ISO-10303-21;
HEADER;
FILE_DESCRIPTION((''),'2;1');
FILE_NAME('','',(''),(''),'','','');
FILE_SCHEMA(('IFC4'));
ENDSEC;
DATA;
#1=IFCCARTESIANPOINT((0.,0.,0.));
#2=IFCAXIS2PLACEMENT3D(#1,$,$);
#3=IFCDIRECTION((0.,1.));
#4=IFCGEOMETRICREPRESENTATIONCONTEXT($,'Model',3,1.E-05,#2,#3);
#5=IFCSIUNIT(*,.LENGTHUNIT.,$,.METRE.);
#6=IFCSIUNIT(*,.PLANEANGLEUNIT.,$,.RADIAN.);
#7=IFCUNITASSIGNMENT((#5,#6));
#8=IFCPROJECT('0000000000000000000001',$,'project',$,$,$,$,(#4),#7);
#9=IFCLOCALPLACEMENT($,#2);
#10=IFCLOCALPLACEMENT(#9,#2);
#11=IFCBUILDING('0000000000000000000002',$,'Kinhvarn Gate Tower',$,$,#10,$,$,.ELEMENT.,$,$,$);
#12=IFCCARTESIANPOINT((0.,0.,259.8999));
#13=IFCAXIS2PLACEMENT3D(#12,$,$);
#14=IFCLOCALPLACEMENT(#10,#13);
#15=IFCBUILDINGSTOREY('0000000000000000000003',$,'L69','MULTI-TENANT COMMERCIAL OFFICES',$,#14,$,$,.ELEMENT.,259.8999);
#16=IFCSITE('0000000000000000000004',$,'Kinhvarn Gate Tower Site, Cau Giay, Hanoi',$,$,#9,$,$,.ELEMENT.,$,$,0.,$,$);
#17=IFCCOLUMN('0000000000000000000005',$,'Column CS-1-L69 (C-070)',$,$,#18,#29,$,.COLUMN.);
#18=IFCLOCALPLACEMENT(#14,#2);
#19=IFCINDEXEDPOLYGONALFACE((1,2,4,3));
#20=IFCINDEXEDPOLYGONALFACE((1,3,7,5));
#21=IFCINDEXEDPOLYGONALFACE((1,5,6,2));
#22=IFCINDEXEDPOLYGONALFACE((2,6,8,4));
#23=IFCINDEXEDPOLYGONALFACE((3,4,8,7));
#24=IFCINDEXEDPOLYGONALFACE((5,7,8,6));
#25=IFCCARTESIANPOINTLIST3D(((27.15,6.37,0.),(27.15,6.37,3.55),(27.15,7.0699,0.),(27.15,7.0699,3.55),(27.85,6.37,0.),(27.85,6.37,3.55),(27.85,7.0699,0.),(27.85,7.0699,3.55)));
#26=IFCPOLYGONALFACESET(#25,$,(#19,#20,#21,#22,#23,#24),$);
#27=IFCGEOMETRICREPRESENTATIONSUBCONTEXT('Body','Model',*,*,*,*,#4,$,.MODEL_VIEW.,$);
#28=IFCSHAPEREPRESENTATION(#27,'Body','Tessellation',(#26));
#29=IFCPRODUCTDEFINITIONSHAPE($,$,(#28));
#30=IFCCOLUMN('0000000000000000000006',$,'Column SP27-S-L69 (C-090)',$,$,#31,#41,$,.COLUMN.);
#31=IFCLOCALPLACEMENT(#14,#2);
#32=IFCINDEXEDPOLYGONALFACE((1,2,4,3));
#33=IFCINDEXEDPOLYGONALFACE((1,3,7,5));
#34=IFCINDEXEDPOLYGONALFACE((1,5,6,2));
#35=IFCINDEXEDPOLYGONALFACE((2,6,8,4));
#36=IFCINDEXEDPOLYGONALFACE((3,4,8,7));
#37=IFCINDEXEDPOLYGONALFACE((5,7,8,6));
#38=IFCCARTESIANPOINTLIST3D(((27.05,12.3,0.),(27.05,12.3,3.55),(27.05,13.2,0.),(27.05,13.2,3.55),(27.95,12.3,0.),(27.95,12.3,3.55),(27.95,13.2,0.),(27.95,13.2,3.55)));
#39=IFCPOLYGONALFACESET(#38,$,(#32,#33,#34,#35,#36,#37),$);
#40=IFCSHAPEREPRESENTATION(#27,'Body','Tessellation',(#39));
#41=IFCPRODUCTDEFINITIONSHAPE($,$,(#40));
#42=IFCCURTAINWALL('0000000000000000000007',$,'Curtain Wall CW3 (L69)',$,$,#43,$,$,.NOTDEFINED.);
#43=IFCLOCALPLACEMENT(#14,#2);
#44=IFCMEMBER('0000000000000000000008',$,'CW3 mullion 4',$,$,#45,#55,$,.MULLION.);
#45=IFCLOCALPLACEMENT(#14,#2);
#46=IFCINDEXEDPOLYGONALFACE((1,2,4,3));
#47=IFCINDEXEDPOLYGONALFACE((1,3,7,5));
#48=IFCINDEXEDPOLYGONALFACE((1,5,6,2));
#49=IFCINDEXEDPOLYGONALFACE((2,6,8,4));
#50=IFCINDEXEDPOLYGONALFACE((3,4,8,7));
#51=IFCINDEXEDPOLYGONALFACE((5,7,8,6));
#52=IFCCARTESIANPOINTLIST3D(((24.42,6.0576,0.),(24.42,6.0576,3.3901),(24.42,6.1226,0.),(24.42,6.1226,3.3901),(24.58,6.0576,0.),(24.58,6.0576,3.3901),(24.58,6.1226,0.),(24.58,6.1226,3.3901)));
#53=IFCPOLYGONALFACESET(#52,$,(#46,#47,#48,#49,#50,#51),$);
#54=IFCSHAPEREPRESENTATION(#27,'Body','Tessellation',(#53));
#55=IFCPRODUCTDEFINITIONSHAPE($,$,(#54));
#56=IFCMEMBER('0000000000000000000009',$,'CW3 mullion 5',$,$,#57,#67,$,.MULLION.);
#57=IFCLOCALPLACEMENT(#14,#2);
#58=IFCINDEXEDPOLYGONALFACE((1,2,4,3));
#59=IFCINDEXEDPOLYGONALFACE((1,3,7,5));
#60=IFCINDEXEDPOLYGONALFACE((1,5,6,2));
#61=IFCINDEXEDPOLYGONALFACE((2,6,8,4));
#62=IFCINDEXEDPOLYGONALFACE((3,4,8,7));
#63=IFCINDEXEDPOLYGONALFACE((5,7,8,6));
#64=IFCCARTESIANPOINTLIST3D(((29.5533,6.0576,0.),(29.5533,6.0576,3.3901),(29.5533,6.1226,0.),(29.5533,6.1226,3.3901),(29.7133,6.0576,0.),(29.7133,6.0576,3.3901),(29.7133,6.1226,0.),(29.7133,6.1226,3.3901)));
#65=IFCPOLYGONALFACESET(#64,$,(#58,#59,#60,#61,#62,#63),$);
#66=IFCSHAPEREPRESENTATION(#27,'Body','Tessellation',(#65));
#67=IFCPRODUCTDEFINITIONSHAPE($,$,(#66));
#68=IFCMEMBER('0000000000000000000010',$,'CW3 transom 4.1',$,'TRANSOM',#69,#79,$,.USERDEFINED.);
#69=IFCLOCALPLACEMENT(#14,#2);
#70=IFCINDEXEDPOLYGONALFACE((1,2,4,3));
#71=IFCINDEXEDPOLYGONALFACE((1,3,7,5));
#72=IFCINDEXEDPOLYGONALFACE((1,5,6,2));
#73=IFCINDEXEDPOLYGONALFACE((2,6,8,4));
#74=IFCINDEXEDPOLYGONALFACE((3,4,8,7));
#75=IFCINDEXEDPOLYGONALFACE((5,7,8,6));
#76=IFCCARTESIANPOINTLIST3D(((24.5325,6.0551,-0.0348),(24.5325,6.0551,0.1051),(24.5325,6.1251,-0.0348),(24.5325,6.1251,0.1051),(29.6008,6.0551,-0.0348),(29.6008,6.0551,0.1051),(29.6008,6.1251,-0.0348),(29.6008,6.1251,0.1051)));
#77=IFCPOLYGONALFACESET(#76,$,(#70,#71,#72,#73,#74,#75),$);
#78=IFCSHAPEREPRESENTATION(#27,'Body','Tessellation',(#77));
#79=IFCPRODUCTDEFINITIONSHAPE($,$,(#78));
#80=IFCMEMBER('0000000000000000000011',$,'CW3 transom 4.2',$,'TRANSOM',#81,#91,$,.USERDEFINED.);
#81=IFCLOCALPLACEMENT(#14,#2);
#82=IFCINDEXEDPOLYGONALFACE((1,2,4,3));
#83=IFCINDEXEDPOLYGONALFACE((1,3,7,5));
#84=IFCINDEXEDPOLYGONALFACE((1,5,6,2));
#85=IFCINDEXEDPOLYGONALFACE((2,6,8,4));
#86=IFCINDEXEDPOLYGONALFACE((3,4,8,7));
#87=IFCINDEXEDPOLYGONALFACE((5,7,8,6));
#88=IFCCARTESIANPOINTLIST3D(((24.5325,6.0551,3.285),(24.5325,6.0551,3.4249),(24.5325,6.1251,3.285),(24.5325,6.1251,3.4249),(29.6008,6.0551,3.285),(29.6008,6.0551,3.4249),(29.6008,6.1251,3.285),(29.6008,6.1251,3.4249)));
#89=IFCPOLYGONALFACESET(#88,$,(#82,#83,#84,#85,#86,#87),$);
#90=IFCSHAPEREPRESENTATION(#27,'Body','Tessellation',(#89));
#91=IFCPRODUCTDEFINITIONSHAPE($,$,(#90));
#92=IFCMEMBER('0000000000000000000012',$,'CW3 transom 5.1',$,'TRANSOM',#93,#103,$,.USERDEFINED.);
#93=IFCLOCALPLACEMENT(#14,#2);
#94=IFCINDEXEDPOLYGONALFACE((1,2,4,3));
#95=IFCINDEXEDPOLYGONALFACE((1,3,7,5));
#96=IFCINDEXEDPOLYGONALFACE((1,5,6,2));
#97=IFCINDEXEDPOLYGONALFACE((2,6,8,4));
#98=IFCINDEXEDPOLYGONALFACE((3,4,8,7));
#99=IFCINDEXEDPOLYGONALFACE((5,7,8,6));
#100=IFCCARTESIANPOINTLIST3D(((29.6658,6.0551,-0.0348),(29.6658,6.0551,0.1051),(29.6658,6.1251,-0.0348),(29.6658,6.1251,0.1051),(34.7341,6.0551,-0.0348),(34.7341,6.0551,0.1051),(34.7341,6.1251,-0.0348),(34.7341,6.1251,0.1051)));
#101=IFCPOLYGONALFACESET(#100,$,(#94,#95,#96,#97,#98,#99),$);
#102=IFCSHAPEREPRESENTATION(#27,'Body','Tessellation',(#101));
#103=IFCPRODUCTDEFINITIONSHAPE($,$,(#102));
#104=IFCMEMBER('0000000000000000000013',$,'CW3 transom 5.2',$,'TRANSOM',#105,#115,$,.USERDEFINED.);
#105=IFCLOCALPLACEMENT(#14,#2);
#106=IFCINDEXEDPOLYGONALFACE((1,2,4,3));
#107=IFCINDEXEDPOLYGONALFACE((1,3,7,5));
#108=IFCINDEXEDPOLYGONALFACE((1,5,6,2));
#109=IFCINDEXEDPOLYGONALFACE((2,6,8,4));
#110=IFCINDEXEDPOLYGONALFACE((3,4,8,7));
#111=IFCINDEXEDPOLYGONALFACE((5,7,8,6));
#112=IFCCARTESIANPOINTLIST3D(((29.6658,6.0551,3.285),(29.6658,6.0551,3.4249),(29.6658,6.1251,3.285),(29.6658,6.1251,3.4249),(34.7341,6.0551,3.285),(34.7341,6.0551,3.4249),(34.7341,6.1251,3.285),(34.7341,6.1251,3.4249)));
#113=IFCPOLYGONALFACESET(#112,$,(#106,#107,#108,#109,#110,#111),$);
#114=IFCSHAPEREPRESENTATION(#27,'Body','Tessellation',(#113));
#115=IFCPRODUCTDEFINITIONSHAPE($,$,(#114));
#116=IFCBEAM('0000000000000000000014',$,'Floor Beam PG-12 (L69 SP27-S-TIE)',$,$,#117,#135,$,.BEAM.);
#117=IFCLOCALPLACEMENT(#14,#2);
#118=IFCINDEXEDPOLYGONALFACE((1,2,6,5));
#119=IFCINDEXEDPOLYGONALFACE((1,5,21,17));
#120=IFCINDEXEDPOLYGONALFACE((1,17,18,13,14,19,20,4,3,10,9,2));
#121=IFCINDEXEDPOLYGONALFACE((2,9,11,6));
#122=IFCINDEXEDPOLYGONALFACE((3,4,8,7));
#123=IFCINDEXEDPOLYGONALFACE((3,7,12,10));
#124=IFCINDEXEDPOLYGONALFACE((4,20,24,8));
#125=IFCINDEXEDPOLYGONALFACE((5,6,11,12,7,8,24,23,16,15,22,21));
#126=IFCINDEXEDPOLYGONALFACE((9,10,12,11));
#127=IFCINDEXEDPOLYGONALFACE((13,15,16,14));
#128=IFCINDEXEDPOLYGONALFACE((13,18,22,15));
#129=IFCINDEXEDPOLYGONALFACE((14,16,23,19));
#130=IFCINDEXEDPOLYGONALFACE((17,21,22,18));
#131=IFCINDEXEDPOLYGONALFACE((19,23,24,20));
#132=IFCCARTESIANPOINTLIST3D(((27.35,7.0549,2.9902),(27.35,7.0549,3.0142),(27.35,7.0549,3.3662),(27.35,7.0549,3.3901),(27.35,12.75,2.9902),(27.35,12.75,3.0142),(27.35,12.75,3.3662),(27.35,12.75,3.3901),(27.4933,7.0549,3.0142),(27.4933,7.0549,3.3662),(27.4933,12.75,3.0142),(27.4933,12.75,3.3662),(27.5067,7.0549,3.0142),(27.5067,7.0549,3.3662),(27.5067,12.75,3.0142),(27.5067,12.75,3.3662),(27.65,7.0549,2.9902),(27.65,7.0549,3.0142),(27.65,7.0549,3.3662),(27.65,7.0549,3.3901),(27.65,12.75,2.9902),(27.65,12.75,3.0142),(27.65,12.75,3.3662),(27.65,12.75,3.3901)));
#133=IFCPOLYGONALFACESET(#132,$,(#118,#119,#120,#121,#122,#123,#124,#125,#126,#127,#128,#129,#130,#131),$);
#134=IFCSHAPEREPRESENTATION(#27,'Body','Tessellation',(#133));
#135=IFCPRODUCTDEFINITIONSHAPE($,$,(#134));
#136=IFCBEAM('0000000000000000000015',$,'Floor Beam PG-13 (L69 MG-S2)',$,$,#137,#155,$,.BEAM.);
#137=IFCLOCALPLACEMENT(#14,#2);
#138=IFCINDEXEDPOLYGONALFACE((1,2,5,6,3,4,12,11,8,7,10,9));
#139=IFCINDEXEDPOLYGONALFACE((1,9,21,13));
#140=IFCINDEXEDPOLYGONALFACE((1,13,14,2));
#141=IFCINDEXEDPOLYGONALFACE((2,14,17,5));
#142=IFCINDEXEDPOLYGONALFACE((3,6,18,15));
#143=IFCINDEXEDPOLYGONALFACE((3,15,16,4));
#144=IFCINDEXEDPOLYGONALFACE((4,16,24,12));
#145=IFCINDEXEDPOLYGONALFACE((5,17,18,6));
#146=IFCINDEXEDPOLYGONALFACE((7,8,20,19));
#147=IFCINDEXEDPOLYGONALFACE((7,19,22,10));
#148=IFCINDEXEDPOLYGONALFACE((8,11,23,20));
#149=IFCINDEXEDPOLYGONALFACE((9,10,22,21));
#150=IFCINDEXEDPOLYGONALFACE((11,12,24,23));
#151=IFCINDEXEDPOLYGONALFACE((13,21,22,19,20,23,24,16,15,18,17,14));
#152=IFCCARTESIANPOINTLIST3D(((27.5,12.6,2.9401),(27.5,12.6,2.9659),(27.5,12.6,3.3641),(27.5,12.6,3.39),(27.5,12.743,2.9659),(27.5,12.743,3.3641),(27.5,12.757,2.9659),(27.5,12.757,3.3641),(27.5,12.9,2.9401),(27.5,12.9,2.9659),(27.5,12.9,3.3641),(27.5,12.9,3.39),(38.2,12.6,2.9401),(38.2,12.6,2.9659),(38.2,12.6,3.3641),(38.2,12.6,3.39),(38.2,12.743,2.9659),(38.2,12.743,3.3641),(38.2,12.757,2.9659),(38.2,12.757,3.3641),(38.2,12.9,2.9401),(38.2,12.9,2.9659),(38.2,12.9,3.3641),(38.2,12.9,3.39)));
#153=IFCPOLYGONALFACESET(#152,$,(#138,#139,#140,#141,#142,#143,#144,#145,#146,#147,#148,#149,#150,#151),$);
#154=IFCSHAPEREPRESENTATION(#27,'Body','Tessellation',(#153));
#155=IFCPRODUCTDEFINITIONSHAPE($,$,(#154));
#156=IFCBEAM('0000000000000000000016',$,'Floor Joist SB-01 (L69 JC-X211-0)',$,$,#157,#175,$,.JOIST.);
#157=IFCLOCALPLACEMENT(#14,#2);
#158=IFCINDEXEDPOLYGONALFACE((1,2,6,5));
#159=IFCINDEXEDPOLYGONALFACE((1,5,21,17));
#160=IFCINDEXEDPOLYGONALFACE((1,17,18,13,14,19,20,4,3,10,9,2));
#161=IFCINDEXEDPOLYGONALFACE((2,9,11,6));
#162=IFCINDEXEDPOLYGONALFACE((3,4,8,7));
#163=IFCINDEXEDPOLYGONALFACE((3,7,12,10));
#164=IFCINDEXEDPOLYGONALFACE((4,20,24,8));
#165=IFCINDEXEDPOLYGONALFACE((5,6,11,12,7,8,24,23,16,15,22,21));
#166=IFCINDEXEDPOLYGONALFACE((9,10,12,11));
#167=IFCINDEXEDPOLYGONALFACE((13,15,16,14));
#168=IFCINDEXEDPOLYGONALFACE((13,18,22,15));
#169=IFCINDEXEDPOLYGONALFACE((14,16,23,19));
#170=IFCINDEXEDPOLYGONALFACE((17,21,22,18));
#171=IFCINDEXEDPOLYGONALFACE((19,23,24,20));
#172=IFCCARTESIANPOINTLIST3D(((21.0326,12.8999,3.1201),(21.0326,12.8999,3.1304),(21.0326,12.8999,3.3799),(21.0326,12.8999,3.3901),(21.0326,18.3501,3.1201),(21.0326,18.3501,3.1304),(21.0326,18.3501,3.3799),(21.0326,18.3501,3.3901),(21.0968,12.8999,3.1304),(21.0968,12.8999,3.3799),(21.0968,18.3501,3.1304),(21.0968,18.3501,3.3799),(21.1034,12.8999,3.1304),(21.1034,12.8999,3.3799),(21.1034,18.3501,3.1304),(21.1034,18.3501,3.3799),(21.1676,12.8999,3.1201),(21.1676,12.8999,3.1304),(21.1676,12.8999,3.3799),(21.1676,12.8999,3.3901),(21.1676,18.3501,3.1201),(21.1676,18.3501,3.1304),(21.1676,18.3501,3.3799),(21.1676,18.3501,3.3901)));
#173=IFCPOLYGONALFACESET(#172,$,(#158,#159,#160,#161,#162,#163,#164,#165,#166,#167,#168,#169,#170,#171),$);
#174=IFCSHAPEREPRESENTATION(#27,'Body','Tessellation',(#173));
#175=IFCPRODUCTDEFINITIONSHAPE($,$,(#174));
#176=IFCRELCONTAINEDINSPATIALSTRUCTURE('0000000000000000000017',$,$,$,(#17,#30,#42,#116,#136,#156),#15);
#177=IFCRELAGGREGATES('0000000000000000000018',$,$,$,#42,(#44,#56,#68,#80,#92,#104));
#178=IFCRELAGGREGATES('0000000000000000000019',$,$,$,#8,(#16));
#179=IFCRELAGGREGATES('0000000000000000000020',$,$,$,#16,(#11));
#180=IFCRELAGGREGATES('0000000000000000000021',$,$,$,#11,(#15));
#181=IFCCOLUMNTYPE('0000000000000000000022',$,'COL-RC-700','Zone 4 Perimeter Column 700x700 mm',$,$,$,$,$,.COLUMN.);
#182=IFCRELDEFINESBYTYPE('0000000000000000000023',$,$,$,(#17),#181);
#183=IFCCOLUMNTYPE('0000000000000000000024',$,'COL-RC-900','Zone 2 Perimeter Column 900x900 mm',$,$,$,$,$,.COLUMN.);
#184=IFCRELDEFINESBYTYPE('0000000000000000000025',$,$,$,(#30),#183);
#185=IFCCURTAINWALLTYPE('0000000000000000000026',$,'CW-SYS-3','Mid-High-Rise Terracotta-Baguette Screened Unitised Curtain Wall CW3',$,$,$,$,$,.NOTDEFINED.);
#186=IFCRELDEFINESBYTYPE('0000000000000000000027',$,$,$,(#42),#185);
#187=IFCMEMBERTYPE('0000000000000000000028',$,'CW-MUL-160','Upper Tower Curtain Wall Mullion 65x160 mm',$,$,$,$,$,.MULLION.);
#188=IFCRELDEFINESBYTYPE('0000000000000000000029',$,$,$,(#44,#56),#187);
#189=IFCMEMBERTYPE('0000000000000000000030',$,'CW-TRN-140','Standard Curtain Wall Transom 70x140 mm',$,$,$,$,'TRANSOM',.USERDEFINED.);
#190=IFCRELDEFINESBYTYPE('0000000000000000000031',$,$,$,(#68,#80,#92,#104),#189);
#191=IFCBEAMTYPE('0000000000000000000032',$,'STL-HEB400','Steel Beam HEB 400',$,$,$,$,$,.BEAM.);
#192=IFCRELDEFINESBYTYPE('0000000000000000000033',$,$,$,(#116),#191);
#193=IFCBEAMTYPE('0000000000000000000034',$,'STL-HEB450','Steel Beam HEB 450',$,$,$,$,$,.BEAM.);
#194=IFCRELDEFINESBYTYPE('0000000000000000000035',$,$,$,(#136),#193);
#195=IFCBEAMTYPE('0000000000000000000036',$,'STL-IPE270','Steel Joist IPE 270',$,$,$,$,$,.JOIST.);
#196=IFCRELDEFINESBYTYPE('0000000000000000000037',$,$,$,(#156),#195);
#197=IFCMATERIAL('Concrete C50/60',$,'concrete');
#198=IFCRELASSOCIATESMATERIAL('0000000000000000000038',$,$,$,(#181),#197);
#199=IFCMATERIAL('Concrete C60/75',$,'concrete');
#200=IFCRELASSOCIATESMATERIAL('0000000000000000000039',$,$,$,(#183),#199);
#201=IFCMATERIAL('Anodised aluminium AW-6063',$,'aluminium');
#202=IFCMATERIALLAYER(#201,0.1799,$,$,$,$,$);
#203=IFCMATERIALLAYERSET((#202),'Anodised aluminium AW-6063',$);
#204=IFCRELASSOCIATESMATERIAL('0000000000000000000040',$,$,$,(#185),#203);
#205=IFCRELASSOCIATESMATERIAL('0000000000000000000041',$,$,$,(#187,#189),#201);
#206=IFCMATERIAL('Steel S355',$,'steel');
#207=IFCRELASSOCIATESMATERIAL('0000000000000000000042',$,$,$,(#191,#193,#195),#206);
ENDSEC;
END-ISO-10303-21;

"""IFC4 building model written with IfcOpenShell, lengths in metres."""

from ifc_helpers import new_model, si_unit, direction, frame, origin, origin_2d, place, context, subcontext, project, spatial, rectangle, i_section, extrude, material, layer, layer_set, material_profile, profile_set, type_object, element, aggregate, save


model = new_model("IFC4")

# Units and contexts
model_context = context("Model", 3, precision=1e-05, world=origin(), true_north=direction((0.0, 1.0)))
body_context = subcontext(model_context, "Body", "Model", "MODEL_VIEW")
ifc_project = project(units=[si_unit("LENGTHUNIT", "METRE"), si_unit("PLANEANGLEUNIT", "RADIAN")], contexts=[model_context])

# Site, building, storey
site_placement = place(None, origin())
site = spatial("IfcSite", under=ifc_project, at=site_placement, Name="Kinhvarn Gate Tower Site, Cau Giay, Hanoi", CompositionType="ELEMENT", RefElevation=0.0)
building_placement = place(site_placement, origin())
building = spatial("IfcBuilding", under=site, at=building_placement, Name="Kinhvarn Gate Tower", CompositionType="ELEMENT")
storey_placement = place(building_placement, frame((0.0, 0.0, 259.8999)))
storey = spatial("IfcBuildingStorey", under=building, at=storey_placement, Name="L69", Description="MULTI-TENANT COMMERCIAL OFFICES", CompositionType="ELEMENT", Elevation=259.8999)

# Columns
ifc_material_1 = material(Name="Concrete C50/60", Category="concrete")
ifc_material_profile_1 = material_profile(ifc_material_1, rectangle(XDim=0.7, YDim=0.7, at=origin_2d()), Name="RC 700x700")
ifc_profile_set_1 = profile_set([ifc_material_profile_1], Name="Concrete C50/60")
column_type_1 = type_object("IfcColumnType", Name="COL-RC-700", Description="Zone 4 Perimeter Column 700x700 mm", PredefinedType="COLUMN", material=ifc_profile_set_1)
column_1_placement = place(storey_placement, frame((27.5, 6.72, 0.0), z_axis=(0.0, 0.0, 1.0), x_axis=(1.0, 0.0, 0.0)))
element("IfcColumn", 1, at=column_1_placement, inside=storey, type_object=column_type_1, Name="Column CS-1-L69 (C-070)", PredefinedType="COLUMN", context=body_context, shape_type="SweptSolid", body=[
    extrude(rectangle(XDim=0.7, YDim=0.7, at=origin_2d()), origin(), (0.0, 0.0, 1.0), 3.55),
])
ifc_material_2 = material(Name="Concrete C60/75", Category="concrete")
ifc_material_profile_2 = material_profile(ifc_material_2, rectangle(XDim=0.8999, YDim=0.8999, at=origin_2d()), Name="RC 900x900")
ifc_profile_set_2 = profile_set([ifc_material_profile_2], Name="Concrete C60/75")
column_type_2 = type_object("IfcColumnType", Name="COL-RC-900", Description="Zone 2 Perimeter Column 900x900 mm", PredefinedType="COLUMN", material=ifc_profile_set_2)
column_2_placement = place(storey_placement, frame((27.5, 12.75, 0.0), z_axis=(0.0, 0.0, 1.0), x_axis=(1.0, 0.0, 0.0)))
element("IfcColumn", 2, at=column_2_placement, inside=storey, type_object=column_type_2, Name="Column SP27-S-L69 (C-090)", PredefinedType="COLUMN", context=body_context, shape_type="SweptSolid", body=[
    extrude(rectangle(XDim=0.8999, YDim=0.8999, at=origin_2d()), origin(), (0.0, 0.0, 1.0), 3.55),
])

# Curtain wall, members
ifc_material_3 = material(Name="Anodised aluminium AW-6063", Category="aluminium")
ifc_layer_1 = layer(ifc_material_3, 0.1799)
ifc_layer_set_1 = layer_set([ifc_layer_1], Name="Anodised aluminium AW-6063")
curtain_wall_type = type_object("IfcCurtainWallType", Name="CW-SYS-3", Description="Mid-High-Rise Terracotta-Baguette Screened Unitised Curtain Wall CW3", PredefinedType="NOTDEFINED", material=ifc_layer_set_1)
curtain_wall_placement = place(storey_placement, origin())
curtain_wall = element("IfcCurtainWall", 3, at=curtain_wall_placement, inside=storey, type_object=curtain_wall_type, Name="Curtain Wall CW3 (L69)", PredefinedType="NOTDEFINED")
ifc_material_profile_3 = material_profile(ifc_material_3, rectangle(XDim=0.0649, YDim=0.1599, at=origin_2d()), Name="ALU 65x160")
ifc_profile_set_3 = profile_set([ifc_material_profile_3], Name="Anodised aluminium AW-6063")
member_type_1 = type_object("IfcMemberType", Name="CW-MUL-160", Description="Upper Tower Curtain Wall Mullion 65x160 mm", PredefinedType="MULLION", material=ifc_profile_set_3)
member_1_placement = place(storey_placement, frame((24.5, 6.0901, 0.0), z_axis=(0.0, 0.0, 1.0), x_axis=(0.0, 1.0, 0.0)))
member_1 = element("IfcMember", 4, at=member_1_placement, type_object=member_type_1, Name="CW3 mullion 4", PredefinedType="MULLION", context=body_context, shape_type="SweptSolid", body=[
    extrude(rectangle(XDim=0.0649, YDim=0.1599, at=origin_2d()), origin(), (0.0, 0.0, 1.0), 3.3901),
])
member_2_placement = place(storey_placement, frame((29.6333, 6.0901, 0.0), z_axis=(0.0, 0.0, 1.0), x_axis=(0.0, 1.0, 0.0)))
member_2 = element("IfcMember", 5, at=member_2_placement, type_object=member_type_1, Name="CW3 mullion 5", PredefinedType="MULLION", context=body_context, shape_type="SweptSolid", body=[
    extrude(rectangle(XDim=0.0649, YDim=0.1599, at=origin_2d()), origin(), (0.0, 0.0, 1.0), 3.3901),
])
ifc_material_profile_4 = material_profile(ifc_material_3, rectangle(XDim=0.0701, YDim=0.1399, at=origin_2d()), Name="ALU 70x140")
ifc_profile_set_4 = profile_set([ifc_material_profile_4], Name="Anodised aluminium AW-6063")
member_type_2 = type_object("IfcMemberType", Name="CW-TRN-140", Description="Standard Curtain Wall Transom 70x140 mm", ElementType="TRANSOM", PredefinedType="USERDEFINED", material=ifc_profile_set_4)
member_3_placement = place(storey_placement, frame((24.5325, 6.0901, 0.0352), z_axis=(1.0, 0.0, 0.0), x_axis=(0.0, 1.0, 0.0)))
member_3 = element("IfcMember", 6, at=member_3_placement, type_object=member_type_2, Name="CW3 transom 4.1", ObjectType="TRANSOM", PredefinedType="USERDEFINED", context=body_context, shape_type="SweptSolid", body=[
    extrude(rectangle(XDim=0.0701, YDim=0.1399, at=origin_2d()), origin(), (0.0, 0.0, 1.0), 5.0684),
])
member_4_placement = place(storey_placement, frame((24.5325, 6.0901, 3.355), z_axis=(1.0, 0.0, 0.0), x_axis=(0.0, 1.0, 0.0)))
member_4 = element("IfcMember", 7, at=member_4_placement, type_object=member_type_2, Name="CW3 transom 4.2", ObjectType="TRANSOM", PredefinedType="USERDEFINED", context=body_context, shape_type="SweptSolid", body=[
    extrude(rectangle(XDim=0.0701, YDim=0.1399, at=origin_2d()), origin(), (0.0, 0.0, 1.0), 5.0684),
])
member_5_placement = place(storey_placement, frame((29.6658, 6.0901, 0.0352), z_axis=(1.0, 0.0, 0.0), x_axis=(0.0, 1.0, 0.0)))
member_5 = element("IfcMember", 8, at=member_5_placement, type_object=member_type_2, Name="CW3 transom 5.1", ObjectType="TRANSOM", PredefinedType="USERDEFINED", context=body_context, shape_type="SweptSolid", body=[
    extrude(rectangle(XDim=0.0701, YDim=0.1399, at=origin_2d()), origin(), (0.0, 0.0, 1.0), 5.0684),
])
member_6_placement = place(storey_placement, frame((29.6658, 6.0901, 3.355), z_axis=(1.0, 0.0, 0.0), x_axis=(0.0, 1.0, 0.0)))
member_6 = element("IfcMember", 9, at=member_6_placement, type_object=member_type_2, Name="CW3 transom 5.2", ObjectType="TRANSOM", PredefinedType="USERDEFINED", context=body_context, shape_type="SweptSolid", body=[
    extrude(rectangle(XDim=0.0701, YDim=0.1399, at=origin_2d()), origin(), (0.0, 0.0, 1.0), 5.0684),
])

# Beams
ifc_material_4 = material(Name="Steel S355", Category="steel")
ifc_material_profile_5 = material_profile(ifc_material_4, i_section(OverallWidth=0.3, OverallDepth=0.3999, WebThickness=0.0134, FlangeThickness=0.0239, at=origin_2d()), Name="HEB 400")
ifc_profile_set_5 = profile_set([ifc_material_profile_5], Name="Steel S355")
beam_type_1 = type_object("IfcBeamType", Name="STL-HEB400", Description="Steel Beam HEB 400", PredefinedType="BEAM", material=ifc_profile_set_5)
beam_1_placement = place(storey_placement, frame((27.5, 7.0549, 3.1902), z_axis=(0.0, 1.0, 0.0), x_axis=(-1.0, 0.0, 0.0)))
element("IfcBeam", 10, at=beam_1_placement, inside=storey, type_object=beam_type_1, Name="Floor Beam PG-12 (L69 SP27-S-TIE)", PredefinedType="BEAM", context=body_context, shape_type="SweptSolid", body=[
    extrude(i_section(OverallWidth=0.3, OverallDepth=0.3999, WebThickness=0.0134, FlangeThickness=0.0239, at=origin_2d()), origin(), (0.0, 0.0, 1.0), 5.6951),
])
ifc_material_profile_6 = material_profile(ifc_material_4, i_section(OverallWidth=0.3, OverallDepth=0.45, WebThickness=0.0139, FlangeThickness=0.0259, at=origin_2d()), Name="HEB 450")
ifc_profile_set_6 = profile_set([ifc_material_profile_6], Name="Steel S355")
beam_type_2 = type_object("IfcBeamType", Name="STL-HEB450", Description="Steel Beam HEB 450", PredefinedType="BEAM", material=ifc_profile_set_6)
beam_2_placement = place(storey_placement, frame((27.5, 12.75, 3.165), z_axis=(1.0, 0.0, 0.0), x_axis=(0.0, 1.0, 0.0)))
element("IfcBeam", 11, at=beam_2_placement, inside=storey, type_object=beam_type_2, Name="Floor Beam PG-13 (L69 MG-S2)", PredefinedType="BEAM", context=body_context, shape_type="SweptSolid", body=[
    extrude(i_section(OverallWidth=0.3, OverallDepth=0.45, WebThickness=0.0139, FlangeThickness=0.0259, at=origin_2d()), origin(), (0.0, 0.0, 1.0), 10.7),
])
ifc_material_profile_7 = material_profile(ifc_material_4, i_section(OverallWidth=0.135, OverallDepth=0.27, WebThickness=0.0066, FlangeThickness=0.0103, at=origin_2d()), Name="IPE 270")
ifc_profile_set_7 = profile_set([ifc_material_profile_7], Name="Steel S355")
beam_type_3 = type_object("IfcBeamType", Name="STL-IPE270", Description="Steel Joist IPE 270", PredefinedType="JOIST", material=ifc_profile_set_7)
for number, where, z_axis, x_axis, name in (
    (12, (21.1001, 12.8999, 3.2551), (0.0, 1.0, 0.0), (-1.0, 0.0, 0.0), "Floor Joist SB-01 (L69 JC-X211-0)"),
):
    element("IfcBeam", number, at=place(storey_placement, frame(where, z_axis=z_axis, x_axis=x_axis)), inside=storey, type_object=beam_type_3, Name=name, PredefinedType="JOIST", context=body_context, shape_type="SweptSolid", body=[
        extrude(i_section(OverallWidth=0.135, OverallDepth=0.27, WebThickness=0.0066, FlangeThickness=0.0103, at=origin_2d()), origin(), (0.0, 0.0, 1.0), 5.4502),
    ])

aggregate(curtain_wall, [member_1, member_2, member_3, member_4, member_5, member_6])

save(model, "model.ifc")
